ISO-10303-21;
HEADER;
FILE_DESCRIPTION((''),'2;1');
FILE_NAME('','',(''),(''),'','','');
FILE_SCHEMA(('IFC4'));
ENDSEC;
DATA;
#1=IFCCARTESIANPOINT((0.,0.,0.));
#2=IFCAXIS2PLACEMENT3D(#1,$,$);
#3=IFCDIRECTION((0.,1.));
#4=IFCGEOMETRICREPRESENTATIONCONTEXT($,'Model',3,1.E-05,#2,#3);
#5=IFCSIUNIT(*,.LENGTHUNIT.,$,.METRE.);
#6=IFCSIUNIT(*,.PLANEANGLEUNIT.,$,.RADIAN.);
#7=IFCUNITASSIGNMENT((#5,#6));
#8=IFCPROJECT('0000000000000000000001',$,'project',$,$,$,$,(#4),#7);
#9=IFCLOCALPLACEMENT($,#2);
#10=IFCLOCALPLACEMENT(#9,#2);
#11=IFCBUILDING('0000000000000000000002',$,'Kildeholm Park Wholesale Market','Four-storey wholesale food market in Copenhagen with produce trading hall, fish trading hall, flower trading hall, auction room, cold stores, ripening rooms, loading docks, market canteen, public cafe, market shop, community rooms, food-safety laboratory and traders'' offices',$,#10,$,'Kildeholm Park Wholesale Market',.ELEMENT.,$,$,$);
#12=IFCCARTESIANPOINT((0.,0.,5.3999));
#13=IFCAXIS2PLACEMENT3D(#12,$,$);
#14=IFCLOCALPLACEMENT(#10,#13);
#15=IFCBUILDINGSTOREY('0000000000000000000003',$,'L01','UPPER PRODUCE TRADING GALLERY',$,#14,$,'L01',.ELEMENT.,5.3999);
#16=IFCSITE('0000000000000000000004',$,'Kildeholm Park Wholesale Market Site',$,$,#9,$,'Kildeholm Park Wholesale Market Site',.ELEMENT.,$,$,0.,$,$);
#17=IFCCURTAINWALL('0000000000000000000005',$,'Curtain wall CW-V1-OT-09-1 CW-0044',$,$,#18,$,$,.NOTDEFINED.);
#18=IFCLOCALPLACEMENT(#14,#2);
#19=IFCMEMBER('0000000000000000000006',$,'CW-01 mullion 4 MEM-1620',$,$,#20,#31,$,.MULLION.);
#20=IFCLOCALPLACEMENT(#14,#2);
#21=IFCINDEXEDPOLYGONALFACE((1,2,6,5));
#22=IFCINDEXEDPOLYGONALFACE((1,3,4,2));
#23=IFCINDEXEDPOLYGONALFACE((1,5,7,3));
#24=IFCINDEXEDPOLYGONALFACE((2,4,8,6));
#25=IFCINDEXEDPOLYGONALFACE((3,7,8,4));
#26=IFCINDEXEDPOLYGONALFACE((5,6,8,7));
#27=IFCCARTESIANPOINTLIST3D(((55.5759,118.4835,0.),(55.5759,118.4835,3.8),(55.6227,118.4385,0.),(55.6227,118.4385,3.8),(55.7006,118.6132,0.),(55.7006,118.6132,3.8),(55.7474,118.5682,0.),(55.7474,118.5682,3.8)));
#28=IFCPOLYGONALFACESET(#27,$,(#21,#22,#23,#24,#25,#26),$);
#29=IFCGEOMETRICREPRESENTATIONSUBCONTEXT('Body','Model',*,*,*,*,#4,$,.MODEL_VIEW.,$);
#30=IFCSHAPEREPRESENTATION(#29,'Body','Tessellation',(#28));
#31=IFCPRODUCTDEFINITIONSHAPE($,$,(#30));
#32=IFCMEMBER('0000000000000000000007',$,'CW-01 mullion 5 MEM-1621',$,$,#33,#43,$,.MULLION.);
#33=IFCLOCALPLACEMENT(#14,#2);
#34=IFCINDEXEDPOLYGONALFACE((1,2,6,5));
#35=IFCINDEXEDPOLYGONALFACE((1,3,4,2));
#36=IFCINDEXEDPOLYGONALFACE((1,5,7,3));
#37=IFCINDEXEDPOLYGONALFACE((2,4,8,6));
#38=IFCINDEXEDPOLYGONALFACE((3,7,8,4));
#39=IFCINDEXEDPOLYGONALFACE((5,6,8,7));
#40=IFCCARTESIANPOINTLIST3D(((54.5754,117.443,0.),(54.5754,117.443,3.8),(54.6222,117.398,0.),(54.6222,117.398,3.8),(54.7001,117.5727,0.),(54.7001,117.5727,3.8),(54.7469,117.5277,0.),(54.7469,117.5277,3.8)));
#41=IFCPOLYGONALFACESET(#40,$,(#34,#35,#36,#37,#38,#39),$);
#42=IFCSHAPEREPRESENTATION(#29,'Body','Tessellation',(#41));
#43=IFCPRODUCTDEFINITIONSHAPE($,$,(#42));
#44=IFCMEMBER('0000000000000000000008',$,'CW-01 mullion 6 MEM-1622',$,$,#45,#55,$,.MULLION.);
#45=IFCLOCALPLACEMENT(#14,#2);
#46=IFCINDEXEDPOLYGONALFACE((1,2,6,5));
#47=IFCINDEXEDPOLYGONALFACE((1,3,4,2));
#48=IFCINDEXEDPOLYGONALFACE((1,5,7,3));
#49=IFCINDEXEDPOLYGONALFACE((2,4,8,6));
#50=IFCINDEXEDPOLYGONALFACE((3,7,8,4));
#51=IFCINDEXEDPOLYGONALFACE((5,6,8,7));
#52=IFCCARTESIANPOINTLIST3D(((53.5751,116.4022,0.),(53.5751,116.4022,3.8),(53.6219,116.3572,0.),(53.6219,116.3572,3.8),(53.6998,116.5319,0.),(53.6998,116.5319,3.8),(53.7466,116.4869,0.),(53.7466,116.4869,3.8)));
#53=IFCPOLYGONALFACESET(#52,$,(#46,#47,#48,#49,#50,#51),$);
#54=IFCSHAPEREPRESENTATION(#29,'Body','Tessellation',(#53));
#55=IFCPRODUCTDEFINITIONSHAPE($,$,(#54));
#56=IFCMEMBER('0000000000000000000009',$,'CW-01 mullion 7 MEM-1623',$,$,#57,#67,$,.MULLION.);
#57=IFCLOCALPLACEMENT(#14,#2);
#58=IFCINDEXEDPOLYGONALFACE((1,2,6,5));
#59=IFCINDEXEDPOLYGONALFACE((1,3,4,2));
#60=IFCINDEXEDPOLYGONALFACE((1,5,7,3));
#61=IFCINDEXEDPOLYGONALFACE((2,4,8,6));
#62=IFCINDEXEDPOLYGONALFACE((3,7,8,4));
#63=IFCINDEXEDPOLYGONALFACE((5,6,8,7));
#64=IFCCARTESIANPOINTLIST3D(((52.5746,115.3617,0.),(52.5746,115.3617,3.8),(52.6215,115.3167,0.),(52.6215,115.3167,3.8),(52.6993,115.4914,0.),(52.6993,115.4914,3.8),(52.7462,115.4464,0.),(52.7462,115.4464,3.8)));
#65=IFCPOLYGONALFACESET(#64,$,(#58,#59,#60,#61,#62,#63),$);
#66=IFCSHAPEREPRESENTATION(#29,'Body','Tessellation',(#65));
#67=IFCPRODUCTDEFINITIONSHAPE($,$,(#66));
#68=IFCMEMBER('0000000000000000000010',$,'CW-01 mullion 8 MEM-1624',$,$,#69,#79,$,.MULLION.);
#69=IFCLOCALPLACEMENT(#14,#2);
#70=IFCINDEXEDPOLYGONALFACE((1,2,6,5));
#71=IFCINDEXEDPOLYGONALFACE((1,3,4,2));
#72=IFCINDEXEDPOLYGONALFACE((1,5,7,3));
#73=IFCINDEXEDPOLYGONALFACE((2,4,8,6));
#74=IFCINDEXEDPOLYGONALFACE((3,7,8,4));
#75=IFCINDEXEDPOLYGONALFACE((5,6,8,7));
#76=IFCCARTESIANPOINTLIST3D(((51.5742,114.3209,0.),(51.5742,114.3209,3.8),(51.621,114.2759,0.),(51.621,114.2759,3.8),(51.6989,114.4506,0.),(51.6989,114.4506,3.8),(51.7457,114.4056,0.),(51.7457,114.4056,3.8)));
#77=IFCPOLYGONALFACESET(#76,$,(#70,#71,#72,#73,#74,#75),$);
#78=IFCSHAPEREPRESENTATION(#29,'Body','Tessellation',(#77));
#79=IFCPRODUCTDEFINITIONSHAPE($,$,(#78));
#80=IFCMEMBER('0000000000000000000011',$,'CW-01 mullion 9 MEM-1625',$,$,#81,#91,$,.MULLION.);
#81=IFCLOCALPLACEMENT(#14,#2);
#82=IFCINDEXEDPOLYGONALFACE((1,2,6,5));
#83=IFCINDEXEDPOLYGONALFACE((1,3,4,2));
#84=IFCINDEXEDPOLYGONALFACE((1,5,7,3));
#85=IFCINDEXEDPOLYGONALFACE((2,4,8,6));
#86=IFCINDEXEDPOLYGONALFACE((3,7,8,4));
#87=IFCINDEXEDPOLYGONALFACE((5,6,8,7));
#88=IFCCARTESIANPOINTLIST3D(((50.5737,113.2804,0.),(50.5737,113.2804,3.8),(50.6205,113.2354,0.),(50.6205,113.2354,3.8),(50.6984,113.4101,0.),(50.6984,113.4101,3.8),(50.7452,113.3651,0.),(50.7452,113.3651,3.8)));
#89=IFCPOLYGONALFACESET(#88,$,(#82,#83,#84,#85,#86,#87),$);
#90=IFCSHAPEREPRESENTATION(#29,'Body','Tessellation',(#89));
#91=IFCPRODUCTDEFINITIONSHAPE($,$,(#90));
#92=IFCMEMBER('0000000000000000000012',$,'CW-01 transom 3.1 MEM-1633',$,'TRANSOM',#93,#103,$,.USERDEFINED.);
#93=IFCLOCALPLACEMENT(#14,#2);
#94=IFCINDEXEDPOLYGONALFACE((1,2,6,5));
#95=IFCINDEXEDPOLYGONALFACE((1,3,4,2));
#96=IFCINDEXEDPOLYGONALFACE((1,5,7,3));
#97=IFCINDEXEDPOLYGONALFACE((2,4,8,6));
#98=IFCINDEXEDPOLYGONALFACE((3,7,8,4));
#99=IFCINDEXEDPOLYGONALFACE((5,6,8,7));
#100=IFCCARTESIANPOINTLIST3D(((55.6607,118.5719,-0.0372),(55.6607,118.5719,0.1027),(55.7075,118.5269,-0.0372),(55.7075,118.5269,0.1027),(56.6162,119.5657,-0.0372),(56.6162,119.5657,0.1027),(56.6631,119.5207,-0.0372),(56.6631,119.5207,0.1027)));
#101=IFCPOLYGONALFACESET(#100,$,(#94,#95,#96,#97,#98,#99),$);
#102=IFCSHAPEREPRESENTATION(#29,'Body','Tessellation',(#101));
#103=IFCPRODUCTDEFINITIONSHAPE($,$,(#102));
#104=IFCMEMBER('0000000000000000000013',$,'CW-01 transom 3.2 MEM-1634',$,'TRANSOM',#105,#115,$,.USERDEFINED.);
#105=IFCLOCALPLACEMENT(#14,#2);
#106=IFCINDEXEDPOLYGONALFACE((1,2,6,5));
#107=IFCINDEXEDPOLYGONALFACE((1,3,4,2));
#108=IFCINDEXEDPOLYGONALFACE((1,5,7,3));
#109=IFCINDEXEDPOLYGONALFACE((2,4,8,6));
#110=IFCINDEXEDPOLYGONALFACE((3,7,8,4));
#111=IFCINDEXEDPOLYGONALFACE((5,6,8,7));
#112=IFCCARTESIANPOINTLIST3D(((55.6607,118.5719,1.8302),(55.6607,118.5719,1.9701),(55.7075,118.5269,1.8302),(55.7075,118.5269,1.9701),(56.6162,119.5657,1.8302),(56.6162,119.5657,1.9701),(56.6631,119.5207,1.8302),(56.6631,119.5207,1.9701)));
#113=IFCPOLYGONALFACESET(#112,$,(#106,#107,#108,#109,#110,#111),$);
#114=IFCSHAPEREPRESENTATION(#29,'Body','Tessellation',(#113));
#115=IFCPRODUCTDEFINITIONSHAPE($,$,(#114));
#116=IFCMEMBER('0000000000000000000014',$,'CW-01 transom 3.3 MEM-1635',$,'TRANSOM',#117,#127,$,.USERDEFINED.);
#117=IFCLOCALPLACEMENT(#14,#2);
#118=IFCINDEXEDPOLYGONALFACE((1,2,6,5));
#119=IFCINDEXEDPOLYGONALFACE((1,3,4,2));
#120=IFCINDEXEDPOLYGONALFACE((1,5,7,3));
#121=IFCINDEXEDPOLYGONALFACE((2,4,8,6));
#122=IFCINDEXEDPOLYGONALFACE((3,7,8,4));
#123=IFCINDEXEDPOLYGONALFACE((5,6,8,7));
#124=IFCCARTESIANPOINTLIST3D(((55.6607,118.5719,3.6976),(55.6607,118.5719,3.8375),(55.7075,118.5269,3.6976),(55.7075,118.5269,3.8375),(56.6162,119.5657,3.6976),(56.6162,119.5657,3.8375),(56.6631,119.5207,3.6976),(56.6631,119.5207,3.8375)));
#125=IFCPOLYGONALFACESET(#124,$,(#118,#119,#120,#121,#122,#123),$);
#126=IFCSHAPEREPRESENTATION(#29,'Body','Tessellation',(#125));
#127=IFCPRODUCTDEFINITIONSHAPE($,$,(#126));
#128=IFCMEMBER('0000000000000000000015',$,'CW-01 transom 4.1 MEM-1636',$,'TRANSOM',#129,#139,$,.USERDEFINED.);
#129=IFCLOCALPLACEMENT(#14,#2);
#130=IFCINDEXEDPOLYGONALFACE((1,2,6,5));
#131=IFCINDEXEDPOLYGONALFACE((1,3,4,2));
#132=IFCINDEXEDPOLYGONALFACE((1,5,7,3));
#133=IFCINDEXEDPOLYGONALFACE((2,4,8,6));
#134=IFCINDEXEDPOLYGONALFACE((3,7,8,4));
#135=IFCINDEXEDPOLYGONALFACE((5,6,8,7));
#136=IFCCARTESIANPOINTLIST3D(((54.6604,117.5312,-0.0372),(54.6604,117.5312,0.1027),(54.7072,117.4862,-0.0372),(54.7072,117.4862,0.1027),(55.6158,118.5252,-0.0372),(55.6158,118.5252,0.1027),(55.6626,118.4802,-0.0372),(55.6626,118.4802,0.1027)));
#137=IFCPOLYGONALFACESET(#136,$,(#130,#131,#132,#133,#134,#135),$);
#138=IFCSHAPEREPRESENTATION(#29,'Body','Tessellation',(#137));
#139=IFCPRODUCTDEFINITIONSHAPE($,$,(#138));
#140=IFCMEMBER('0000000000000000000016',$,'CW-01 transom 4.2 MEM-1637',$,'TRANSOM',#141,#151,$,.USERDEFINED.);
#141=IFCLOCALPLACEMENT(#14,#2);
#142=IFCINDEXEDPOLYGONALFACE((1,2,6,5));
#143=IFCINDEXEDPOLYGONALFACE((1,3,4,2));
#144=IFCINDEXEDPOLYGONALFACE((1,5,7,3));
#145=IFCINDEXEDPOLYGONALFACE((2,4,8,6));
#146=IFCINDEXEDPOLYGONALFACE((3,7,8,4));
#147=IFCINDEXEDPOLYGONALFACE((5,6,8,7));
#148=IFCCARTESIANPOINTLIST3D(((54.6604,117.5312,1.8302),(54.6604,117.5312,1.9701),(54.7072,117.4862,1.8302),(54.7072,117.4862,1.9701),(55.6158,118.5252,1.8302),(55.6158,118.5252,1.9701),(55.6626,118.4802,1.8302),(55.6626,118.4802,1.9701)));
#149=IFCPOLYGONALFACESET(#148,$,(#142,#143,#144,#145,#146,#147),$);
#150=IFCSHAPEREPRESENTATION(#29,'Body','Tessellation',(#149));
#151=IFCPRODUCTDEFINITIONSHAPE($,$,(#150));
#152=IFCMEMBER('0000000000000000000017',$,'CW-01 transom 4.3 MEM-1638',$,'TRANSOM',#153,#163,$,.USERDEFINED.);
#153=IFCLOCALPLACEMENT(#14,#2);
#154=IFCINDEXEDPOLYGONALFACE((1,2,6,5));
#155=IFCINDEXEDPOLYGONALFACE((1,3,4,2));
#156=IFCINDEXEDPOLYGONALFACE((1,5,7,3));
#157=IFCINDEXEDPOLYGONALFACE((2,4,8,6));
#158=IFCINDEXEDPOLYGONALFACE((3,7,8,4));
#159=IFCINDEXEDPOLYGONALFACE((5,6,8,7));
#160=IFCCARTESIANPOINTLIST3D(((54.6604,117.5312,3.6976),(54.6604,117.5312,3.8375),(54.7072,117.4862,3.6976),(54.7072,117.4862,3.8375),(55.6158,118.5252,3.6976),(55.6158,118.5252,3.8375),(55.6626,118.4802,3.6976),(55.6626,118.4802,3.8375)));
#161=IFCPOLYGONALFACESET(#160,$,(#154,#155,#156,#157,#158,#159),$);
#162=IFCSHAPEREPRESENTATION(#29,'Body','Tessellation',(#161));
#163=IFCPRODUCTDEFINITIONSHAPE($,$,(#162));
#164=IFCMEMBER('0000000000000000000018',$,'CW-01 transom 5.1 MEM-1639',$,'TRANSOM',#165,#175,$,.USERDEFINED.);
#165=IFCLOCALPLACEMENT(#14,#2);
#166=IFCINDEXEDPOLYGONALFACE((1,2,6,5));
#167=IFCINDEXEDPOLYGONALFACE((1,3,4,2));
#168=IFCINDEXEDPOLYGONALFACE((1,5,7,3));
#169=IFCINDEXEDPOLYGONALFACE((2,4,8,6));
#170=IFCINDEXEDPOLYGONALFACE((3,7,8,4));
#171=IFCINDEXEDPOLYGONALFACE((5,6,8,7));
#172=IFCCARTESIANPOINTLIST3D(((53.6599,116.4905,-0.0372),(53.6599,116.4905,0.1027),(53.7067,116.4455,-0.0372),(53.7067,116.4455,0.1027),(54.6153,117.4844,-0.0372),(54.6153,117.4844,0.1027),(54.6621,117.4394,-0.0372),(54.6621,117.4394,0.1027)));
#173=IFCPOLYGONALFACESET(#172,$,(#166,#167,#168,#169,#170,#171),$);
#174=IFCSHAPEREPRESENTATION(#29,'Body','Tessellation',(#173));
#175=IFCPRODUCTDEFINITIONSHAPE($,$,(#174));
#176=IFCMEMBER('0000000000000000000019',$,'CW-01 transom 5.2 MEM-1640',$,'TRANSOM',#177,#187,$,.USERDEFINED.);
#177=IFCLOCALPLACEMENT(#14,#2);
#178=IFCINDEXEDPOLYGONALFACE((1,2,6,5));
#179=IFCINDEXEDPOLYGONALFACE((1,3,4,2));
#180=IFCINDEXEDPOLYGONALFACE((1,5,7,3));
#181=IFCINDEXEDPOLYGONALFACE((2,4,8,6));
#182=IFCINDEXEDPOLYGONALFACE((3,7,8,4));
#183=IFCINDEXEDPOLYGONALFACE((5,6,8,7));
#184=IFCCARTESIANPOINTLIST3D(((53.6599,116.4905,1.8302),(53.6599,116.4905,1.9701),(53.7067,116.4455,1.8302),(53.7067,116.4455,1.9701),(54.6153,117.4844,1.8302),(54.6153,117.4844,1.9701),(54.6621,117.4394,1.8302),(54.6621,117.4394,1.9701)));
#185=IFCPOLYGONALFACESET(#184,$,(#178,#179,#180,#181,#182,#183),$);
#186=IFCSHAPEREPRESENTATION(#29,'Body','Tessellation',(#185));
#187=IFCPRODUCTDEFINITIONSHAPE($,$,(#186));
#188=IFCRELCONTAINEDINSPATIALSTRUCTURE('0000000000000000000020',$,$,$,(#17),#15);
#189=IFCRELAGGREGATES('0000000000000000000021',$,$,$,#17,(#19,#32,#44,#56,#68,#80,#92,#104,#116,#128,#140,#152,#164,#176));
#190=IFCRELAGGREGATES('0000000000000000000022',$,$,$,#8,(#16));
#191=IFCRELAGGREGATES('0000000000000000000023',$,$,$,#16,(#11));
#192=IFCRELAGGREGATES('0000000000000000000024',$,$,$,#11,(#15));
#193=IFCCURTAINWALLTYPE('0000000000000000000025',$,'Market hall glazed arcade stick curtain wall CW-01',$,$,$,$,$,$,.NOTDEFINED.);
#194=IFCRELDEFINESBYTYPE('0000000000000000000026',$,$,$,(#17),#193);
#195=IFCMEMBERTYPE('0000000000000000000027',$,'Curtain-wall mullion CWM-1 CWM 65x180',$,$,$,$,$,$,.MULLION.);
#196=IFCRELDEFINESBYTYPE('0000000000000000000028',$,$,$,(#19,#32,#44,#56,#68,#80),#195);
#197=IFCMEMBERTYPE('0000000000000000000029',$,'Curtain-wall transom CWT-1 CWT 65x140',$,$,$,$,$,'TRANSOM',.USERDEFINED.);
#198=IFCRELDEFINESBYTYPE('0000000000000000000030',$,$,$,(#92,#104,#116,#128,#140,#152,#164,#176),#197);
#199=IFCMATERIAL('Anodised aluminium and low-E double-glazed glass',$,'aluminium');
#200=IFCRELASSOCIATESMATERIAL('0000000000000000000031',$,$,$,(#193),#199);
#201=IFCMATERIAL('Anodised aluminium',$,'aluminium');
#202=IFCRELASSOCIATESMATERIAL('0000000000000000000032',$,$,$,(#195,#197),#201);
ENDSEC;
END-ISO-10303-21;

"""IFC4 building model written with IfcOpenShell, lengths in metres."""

from ifc_helpers import new_model, si_unit, direction, frame, origin, origin_2d, place, context, subcontext, project, spatial, rectangle, extrude, material, material_profile, profile_set, type_object, element, aggregate, save


model = new_model("IFC4")

# Units and contexts
model_context = context("Model", 3, precision=1e-05, world=origin(), true_north=direction((0.0, 1.0)))
body_context = subcontext(model_context, "Body", "Model", "MODEL_VIEW")
ifc_project = project(units=[si_unit("LENGTHUNIT", "METRE"), si_unit("PLANEANGLEUNIT", "RADIAN")], contexts=[model_context])

# Site, building, storey
site_placement = place(None, origin())
site = spatial("IfcSite", under=ifc_project, at=site_placement, Name="Kildeholm Park Wholesale Market Site", LongName="Kildeholm Park Wholesale Market Site", CompositionType="ELEMENT", RefElevation=0.0)
building_placement = place(site_placement, origin())
building = spatial("IfcBuilding", under=site, at=building_placement, Name="Kildeholm Park Wholesale Market", Description="Four-storey wholesale food market in Copenhagen with produce trading hall, fish trading hall, flower trading hall, auction room, cold stores, ripening rooms, loading docks, market canteen, public cafe, market shop, community rooms, food-safety laboratory and traders' offices", LongName="Kildeholm Park Wholesale Market", CompositionType="ELEMENT")
storey_placement = place(building_placement, frame((0.0, 0.0, 5.3999)))
storey = spatial("IfcBuildingStorey", under=building, at=storey_placement, Name="L01", Description="UPPER PRODUCE TRADING GALLERY", LongName="L01", CompositionType="ELEMENT", Elevation=5.3999)

# Curtain wall, members
ifc_material_1 = material(Name="Anodised aluminium and low-E double-glazed glass", Category="aluminium")
curtain_wall_type = type_object("IfcCurtainWallType", Name="Market hall glazed arcade stick curtain wall CW-01", PredefinedType="NOTDEFINED", material=ifc_material_1)
curtain_wall_placement = place(storey_placement, origin())
curtain_wall = element("IfcCurtainWall", 1, at=curtain_wall_placement, inside=storey, type_object=curtain_wall_type, Name="Curtain wall CW-V1-OT-09-1 CW-0044", PredefinedType="NOTDEFINED")
ifc_material_2 = material(Name="Anodised aluminium", Category="aluminium")
ifc_material_profile_1 = material_profile(ifc_material_2, rectangle(XDim=0.0649, YDim=0.1799, at=origin_2d()), Name="CWM 65x180")
ifc_profile_set_1 = profile_set([ifc_material_profile_1], Name="Anodised aluminium")
member_type_1 = type_object("IfcMemberType", Name="Curtain-wall mullion CWM-1 CWM 65x180", PredefinedType="MULLION", material=ifc_profile_set_1)
member_1_placement = place(storey_placement, frame((55.6616, 118.5259, 0.0), z_axis=(0.0, 0.0, 1.0), x_axis=(0.720901, -0.693038, 0.0)))
member_1 = element("IfcMember", 2, at=member_1_placement, type_object=member_type_1, Name="CW-01 mullion 4 MEM-1620", PredefinedType="MULLION", context=body_context, shape_type="SweptSolid", body=[
    extrude(rectangle(XDim=0.0649, YDim=0.1799, at=origin_2d()), origin(), (0.0, 0.0, 1.0), 3.8),
])
member_2_placement = place(storey_placement, frame((54.6611, 117.4854, 0.0), z_axis=(0.0, 0.0, 1.0), x_axis=(0.720901, -0.693038, 0.0)))
member_2 = element("IfcMember", 3, at=member_2_placement, type_object=member_type_1, Name="CW-01 mullion 5 MEM-1621", PredefinedType="MULLION", context=body_context, shape_type="SweptSolid", body=[
    extrude(rectangle(XDim=0.0649, YDim=0.1799, at=origin_2d()), origin(), (0.0, 0.0, 1.0), 3.8),
])
member_3_placement = place(storey_placement, frame((53.6609, 116.4446, 0.0), z_axis=(0.0, 0.0, 1.0), x_axis=(0.720901, -0.693038, 0.0)))
member_3 = element("IfcMember", 4, at=member_3_placement, type_object=member_type_1, Name="CW-01 mullion 6 MEM-1622", PredefinedType="MULLION", context=body_context, shape_type="SweptSolid", body=[
    extrude(rectangle(XDim=0.0649, YDim=0.1799, at=origin_2d()), origin(), (0.0, 0.0, 1.0), 3.8),
])
member_4_placement = place(storey_placement, frame((52.6604, 115.4041, 0.0), z_axis=(0.0, 0.0, 1.0), x_axis=(0.720901, -0.693038, 0.0)))
member_4 = element("IfcMember", 5, at=member_4_placement, type_object=member_type_1, Name="CW-01 mullion 7 MEM-1623", PredefinedType="MULLION", context=body_context, shape_type="SweptSolid", body=[
    extrude(rectangle(XDim=0.0649, YDim=0.1799, at=origin_2d()), origin(), (0.0, 0.0, 1.0), 3.8),
])
member_5_placement = place(storey_placement, frame((51.6599, 114.3633, 0.0), z_axis=(0.0, 0.0, 1.0), x_axis=(0.720901, -0.693038, 0.0)))
member_5 = element("IfcMember", 6, at=member_5_placement, type_object=member_type_1, Name="CW-01 mullion 8 MEM-1624", PredefinedType="MULLION", context=body_context, shape_type="SweptSolid", body=[
    extrude(rectangle(XDim=0.0649, YDim=0.1799, at=origin_2d()), origin(), (0.0, 0.0, 1.0), 3.8),
])
member_6_placement = place(storey_placement, frame((50.6594, 113.3228, 0.0), z_axis=(0.0, 0.0, 1.0), x_axis=(0.720901, -0.693038, 0.0)))
member_6 = element("IfcMember", 7, at=member_6_placement, type_object=member_type_1, Name="CW-01 mullion 9 MEM-1625", PredefinedType="MULLION", context=body_context, shape_type="SweptSolid", body=[
    extrude(rectangle(XDim=0.0649, YDim=0.1799, at=origin_2d()), origin(), (0.0, 0.0, 1.0), 3.8),
])
ifc_material_profile_2 = material_profile(ifc_material_2, rectangle(XDim=0.0649, YDim=0.1399, at=origin_2d()), Name="CWT 65x140")
ifc_profile_set_2 = profile_set([ifc_material_profile_2], Name="Anodised aluminium")
member_type_2 = type_object("IfcMemberType", Name="Curtain-wall transom CWT-1 CWT 65x140", ElementType="TRANSOM", PredefinedType="USERDEFINED", material=ifc_profile_set_2)
member_7_placement = place(storey_placement, frame((56.6396, 119.5432, 0.0327), z_axis=(-0.69307, -0.72087, 0.0), x_axis=(0.72087, -0.69307, 0.0)))
member_7 = element("IfcMember", 8, at=member_7_placement, type_object=member_type_2, Name="CW-01 transom 3.1 MEM-1633", ObjectType="TRANSOM", PredefinedType="USERDEFINED", context=body_context, shape_type="SweptSolid", body=[
    extrude(rectangle(XDim=0.0649, YDim=0.1399, at=origin_2d()), origin(), (0.0, 0.0, 1.0), 1.3787),
])
member_8_placement = place(storey_placement, frame((56.6396, 119.5432, 1.9001), z_axis=(-0.69307, -0.72087, 0.0), x_axis=(0.72087, -0.69307, 0.0)))
member_8 = element("IfcMember", 9, at=member_8_placement, type_object=member_type_2, Name="CW-01 transom 3.2 MEM-1634", ObjectType="TRANSOM", PredefinedType="USERDEFINED", context=body_context, shape_type="SweptSolid", body=[
    extrude(rectangle(XDim=0.0649, YDim=0.1399, at=origin_2d()), origin(), (0.0, 0.0, 1.0), 1.3787),
])
member_9_placement = place(storey_placement, frame((56.6396, 119.5432, 3.7676), z_axis=(-0.69307, -0.72087, 0.0), x_axis=(0.72087, -0.69307, 0.0)))
member_9 = element("IfcMember", 10, at=member_9_placement, type_object=member_type_2, Name="CW-01 transom 3.3 MEM-1635", ObjectType="TRANSOM", PredefinedType="USERDEFINED", context=body_context, shape_type="SweptSolid", body=[
    extrude(rectangle(XDim=0.0649, YDim=0.1399, at=origin_2d()), origin(), (0.0, 0.0, 1.0), 1.3787),
])
member_10_placement = place(storey_placement, frame((55.6392, 118.5027, 0.0327), z_axis=(-0.692978, -0.720959, 0.0), x_axis=(0.720959, -0.692978, 0.0)))
member_10 = element("IfcMember", 11, at=member_10_placement, type_object=member_type_2, Name="CW-01 transom 4.1 MEM-1636", ObjectType="TRANSOM", PredefinedType="USERDEFINED", context=body_context, shape_type="SweptSolid", body=[
    extrude(rectangle(XDim=0.0649, YDim=0.1399, at=origin_2d()), origin(), (0.0, 0.0, 1.0), 1.3787),
])
member_11_placement = place(storey_placement, frame((55.6392, 118.5027, 1.9001), z_axis=(-0.692978, -0.720959, 0.0), x_axis=(0.720959, -0.692978, 0.0)))
member_11 = element("IfcMember", 12, at=member_11_placement, type_object=member_type_2, Name="CW-01 transom 4.2 MEM-1637", ObjectType="TRANSOM", PredefinedType="USERDEFINED", context=body_context, shape_type="SweptSolid", body=[
    extrude(rectangle(XDim=0.0649, YDim=0.1399, at=origin_2d()), origin(), (0.0, 0.0, 1.0), 1.3787),
])
member_12_placement = place(storey_placement, frame((55.6392, 118.5027, 3.7676), z_axis=(-0.692978, -0.720959, 0.0), x_axis=(0.720959, -0.692978, 0.0)))
member_12 = element("IfcMember", 13, at=member_12_placement, type_object=member_type_2, Name="CW-01 transom 4.3 MEM-1638", ObjectType="TRANSOM", PredefinedType="USERDEFINED", context=body_context, shape_type="SweptSolid", body=[
    extrude(rectangle(XDim=0.0649, YDim=0.1399, at=origin_2d()), origin(), (0.0, 0.0, 1.0), 1.3787),
])
member_13_placement = place(storey_placement, frame((54.6387, 117.4619, 0.0327), z_axis=(-0.692978, -0.720959, 0.0), x_axis=(0.720959, -0.692978, 0.0)))
member_13 = element("IfcMember", 14, at=member_13_placement, type_object=member_type_2, Name="CW-01 transom 5.1 MEM-1639", ObjectType="TRANSOM", PredefinedType="USERDEFINED", context=body_context, shape_type="SweptSolid", body=[
    extrude(rectangle(XDim=0.0649, YDim=0.1399, at=origin_2d()), origin(), (0.0, 0.0, 1.0), 1.3787),
])
member_14_placement = place(storey_placement, frame((54.6387, 117.4619, 1.9001), z_axis=(-0.692978, -0.720959, 0.0), x_axis=(0.720959, -0.692978, 0.0)))
member_14 = element("IfcMember", 15, at=member_14_placement, type_object=member_type_2, Name="CW-01 transom 5.2 MEM-1640", ObjectType="TRANSOM", PredefinedType="USERDEFINED", context=body_context, shape_type="SweptSolid", body=[
    extrude(rectangle(XDim=0.0649, YDim=0.1399, at=origin_2d()), origin(), (0.0, 0.0, 1.0), 1.3787),
])
aggregate(curtain_wall, [member_1, member_2, member_3, member_4, member_5, member_6, member_7, member_8, member_9, member_10, member_11, member_12, member_13, member_14])

save(model, "model.ifc")
